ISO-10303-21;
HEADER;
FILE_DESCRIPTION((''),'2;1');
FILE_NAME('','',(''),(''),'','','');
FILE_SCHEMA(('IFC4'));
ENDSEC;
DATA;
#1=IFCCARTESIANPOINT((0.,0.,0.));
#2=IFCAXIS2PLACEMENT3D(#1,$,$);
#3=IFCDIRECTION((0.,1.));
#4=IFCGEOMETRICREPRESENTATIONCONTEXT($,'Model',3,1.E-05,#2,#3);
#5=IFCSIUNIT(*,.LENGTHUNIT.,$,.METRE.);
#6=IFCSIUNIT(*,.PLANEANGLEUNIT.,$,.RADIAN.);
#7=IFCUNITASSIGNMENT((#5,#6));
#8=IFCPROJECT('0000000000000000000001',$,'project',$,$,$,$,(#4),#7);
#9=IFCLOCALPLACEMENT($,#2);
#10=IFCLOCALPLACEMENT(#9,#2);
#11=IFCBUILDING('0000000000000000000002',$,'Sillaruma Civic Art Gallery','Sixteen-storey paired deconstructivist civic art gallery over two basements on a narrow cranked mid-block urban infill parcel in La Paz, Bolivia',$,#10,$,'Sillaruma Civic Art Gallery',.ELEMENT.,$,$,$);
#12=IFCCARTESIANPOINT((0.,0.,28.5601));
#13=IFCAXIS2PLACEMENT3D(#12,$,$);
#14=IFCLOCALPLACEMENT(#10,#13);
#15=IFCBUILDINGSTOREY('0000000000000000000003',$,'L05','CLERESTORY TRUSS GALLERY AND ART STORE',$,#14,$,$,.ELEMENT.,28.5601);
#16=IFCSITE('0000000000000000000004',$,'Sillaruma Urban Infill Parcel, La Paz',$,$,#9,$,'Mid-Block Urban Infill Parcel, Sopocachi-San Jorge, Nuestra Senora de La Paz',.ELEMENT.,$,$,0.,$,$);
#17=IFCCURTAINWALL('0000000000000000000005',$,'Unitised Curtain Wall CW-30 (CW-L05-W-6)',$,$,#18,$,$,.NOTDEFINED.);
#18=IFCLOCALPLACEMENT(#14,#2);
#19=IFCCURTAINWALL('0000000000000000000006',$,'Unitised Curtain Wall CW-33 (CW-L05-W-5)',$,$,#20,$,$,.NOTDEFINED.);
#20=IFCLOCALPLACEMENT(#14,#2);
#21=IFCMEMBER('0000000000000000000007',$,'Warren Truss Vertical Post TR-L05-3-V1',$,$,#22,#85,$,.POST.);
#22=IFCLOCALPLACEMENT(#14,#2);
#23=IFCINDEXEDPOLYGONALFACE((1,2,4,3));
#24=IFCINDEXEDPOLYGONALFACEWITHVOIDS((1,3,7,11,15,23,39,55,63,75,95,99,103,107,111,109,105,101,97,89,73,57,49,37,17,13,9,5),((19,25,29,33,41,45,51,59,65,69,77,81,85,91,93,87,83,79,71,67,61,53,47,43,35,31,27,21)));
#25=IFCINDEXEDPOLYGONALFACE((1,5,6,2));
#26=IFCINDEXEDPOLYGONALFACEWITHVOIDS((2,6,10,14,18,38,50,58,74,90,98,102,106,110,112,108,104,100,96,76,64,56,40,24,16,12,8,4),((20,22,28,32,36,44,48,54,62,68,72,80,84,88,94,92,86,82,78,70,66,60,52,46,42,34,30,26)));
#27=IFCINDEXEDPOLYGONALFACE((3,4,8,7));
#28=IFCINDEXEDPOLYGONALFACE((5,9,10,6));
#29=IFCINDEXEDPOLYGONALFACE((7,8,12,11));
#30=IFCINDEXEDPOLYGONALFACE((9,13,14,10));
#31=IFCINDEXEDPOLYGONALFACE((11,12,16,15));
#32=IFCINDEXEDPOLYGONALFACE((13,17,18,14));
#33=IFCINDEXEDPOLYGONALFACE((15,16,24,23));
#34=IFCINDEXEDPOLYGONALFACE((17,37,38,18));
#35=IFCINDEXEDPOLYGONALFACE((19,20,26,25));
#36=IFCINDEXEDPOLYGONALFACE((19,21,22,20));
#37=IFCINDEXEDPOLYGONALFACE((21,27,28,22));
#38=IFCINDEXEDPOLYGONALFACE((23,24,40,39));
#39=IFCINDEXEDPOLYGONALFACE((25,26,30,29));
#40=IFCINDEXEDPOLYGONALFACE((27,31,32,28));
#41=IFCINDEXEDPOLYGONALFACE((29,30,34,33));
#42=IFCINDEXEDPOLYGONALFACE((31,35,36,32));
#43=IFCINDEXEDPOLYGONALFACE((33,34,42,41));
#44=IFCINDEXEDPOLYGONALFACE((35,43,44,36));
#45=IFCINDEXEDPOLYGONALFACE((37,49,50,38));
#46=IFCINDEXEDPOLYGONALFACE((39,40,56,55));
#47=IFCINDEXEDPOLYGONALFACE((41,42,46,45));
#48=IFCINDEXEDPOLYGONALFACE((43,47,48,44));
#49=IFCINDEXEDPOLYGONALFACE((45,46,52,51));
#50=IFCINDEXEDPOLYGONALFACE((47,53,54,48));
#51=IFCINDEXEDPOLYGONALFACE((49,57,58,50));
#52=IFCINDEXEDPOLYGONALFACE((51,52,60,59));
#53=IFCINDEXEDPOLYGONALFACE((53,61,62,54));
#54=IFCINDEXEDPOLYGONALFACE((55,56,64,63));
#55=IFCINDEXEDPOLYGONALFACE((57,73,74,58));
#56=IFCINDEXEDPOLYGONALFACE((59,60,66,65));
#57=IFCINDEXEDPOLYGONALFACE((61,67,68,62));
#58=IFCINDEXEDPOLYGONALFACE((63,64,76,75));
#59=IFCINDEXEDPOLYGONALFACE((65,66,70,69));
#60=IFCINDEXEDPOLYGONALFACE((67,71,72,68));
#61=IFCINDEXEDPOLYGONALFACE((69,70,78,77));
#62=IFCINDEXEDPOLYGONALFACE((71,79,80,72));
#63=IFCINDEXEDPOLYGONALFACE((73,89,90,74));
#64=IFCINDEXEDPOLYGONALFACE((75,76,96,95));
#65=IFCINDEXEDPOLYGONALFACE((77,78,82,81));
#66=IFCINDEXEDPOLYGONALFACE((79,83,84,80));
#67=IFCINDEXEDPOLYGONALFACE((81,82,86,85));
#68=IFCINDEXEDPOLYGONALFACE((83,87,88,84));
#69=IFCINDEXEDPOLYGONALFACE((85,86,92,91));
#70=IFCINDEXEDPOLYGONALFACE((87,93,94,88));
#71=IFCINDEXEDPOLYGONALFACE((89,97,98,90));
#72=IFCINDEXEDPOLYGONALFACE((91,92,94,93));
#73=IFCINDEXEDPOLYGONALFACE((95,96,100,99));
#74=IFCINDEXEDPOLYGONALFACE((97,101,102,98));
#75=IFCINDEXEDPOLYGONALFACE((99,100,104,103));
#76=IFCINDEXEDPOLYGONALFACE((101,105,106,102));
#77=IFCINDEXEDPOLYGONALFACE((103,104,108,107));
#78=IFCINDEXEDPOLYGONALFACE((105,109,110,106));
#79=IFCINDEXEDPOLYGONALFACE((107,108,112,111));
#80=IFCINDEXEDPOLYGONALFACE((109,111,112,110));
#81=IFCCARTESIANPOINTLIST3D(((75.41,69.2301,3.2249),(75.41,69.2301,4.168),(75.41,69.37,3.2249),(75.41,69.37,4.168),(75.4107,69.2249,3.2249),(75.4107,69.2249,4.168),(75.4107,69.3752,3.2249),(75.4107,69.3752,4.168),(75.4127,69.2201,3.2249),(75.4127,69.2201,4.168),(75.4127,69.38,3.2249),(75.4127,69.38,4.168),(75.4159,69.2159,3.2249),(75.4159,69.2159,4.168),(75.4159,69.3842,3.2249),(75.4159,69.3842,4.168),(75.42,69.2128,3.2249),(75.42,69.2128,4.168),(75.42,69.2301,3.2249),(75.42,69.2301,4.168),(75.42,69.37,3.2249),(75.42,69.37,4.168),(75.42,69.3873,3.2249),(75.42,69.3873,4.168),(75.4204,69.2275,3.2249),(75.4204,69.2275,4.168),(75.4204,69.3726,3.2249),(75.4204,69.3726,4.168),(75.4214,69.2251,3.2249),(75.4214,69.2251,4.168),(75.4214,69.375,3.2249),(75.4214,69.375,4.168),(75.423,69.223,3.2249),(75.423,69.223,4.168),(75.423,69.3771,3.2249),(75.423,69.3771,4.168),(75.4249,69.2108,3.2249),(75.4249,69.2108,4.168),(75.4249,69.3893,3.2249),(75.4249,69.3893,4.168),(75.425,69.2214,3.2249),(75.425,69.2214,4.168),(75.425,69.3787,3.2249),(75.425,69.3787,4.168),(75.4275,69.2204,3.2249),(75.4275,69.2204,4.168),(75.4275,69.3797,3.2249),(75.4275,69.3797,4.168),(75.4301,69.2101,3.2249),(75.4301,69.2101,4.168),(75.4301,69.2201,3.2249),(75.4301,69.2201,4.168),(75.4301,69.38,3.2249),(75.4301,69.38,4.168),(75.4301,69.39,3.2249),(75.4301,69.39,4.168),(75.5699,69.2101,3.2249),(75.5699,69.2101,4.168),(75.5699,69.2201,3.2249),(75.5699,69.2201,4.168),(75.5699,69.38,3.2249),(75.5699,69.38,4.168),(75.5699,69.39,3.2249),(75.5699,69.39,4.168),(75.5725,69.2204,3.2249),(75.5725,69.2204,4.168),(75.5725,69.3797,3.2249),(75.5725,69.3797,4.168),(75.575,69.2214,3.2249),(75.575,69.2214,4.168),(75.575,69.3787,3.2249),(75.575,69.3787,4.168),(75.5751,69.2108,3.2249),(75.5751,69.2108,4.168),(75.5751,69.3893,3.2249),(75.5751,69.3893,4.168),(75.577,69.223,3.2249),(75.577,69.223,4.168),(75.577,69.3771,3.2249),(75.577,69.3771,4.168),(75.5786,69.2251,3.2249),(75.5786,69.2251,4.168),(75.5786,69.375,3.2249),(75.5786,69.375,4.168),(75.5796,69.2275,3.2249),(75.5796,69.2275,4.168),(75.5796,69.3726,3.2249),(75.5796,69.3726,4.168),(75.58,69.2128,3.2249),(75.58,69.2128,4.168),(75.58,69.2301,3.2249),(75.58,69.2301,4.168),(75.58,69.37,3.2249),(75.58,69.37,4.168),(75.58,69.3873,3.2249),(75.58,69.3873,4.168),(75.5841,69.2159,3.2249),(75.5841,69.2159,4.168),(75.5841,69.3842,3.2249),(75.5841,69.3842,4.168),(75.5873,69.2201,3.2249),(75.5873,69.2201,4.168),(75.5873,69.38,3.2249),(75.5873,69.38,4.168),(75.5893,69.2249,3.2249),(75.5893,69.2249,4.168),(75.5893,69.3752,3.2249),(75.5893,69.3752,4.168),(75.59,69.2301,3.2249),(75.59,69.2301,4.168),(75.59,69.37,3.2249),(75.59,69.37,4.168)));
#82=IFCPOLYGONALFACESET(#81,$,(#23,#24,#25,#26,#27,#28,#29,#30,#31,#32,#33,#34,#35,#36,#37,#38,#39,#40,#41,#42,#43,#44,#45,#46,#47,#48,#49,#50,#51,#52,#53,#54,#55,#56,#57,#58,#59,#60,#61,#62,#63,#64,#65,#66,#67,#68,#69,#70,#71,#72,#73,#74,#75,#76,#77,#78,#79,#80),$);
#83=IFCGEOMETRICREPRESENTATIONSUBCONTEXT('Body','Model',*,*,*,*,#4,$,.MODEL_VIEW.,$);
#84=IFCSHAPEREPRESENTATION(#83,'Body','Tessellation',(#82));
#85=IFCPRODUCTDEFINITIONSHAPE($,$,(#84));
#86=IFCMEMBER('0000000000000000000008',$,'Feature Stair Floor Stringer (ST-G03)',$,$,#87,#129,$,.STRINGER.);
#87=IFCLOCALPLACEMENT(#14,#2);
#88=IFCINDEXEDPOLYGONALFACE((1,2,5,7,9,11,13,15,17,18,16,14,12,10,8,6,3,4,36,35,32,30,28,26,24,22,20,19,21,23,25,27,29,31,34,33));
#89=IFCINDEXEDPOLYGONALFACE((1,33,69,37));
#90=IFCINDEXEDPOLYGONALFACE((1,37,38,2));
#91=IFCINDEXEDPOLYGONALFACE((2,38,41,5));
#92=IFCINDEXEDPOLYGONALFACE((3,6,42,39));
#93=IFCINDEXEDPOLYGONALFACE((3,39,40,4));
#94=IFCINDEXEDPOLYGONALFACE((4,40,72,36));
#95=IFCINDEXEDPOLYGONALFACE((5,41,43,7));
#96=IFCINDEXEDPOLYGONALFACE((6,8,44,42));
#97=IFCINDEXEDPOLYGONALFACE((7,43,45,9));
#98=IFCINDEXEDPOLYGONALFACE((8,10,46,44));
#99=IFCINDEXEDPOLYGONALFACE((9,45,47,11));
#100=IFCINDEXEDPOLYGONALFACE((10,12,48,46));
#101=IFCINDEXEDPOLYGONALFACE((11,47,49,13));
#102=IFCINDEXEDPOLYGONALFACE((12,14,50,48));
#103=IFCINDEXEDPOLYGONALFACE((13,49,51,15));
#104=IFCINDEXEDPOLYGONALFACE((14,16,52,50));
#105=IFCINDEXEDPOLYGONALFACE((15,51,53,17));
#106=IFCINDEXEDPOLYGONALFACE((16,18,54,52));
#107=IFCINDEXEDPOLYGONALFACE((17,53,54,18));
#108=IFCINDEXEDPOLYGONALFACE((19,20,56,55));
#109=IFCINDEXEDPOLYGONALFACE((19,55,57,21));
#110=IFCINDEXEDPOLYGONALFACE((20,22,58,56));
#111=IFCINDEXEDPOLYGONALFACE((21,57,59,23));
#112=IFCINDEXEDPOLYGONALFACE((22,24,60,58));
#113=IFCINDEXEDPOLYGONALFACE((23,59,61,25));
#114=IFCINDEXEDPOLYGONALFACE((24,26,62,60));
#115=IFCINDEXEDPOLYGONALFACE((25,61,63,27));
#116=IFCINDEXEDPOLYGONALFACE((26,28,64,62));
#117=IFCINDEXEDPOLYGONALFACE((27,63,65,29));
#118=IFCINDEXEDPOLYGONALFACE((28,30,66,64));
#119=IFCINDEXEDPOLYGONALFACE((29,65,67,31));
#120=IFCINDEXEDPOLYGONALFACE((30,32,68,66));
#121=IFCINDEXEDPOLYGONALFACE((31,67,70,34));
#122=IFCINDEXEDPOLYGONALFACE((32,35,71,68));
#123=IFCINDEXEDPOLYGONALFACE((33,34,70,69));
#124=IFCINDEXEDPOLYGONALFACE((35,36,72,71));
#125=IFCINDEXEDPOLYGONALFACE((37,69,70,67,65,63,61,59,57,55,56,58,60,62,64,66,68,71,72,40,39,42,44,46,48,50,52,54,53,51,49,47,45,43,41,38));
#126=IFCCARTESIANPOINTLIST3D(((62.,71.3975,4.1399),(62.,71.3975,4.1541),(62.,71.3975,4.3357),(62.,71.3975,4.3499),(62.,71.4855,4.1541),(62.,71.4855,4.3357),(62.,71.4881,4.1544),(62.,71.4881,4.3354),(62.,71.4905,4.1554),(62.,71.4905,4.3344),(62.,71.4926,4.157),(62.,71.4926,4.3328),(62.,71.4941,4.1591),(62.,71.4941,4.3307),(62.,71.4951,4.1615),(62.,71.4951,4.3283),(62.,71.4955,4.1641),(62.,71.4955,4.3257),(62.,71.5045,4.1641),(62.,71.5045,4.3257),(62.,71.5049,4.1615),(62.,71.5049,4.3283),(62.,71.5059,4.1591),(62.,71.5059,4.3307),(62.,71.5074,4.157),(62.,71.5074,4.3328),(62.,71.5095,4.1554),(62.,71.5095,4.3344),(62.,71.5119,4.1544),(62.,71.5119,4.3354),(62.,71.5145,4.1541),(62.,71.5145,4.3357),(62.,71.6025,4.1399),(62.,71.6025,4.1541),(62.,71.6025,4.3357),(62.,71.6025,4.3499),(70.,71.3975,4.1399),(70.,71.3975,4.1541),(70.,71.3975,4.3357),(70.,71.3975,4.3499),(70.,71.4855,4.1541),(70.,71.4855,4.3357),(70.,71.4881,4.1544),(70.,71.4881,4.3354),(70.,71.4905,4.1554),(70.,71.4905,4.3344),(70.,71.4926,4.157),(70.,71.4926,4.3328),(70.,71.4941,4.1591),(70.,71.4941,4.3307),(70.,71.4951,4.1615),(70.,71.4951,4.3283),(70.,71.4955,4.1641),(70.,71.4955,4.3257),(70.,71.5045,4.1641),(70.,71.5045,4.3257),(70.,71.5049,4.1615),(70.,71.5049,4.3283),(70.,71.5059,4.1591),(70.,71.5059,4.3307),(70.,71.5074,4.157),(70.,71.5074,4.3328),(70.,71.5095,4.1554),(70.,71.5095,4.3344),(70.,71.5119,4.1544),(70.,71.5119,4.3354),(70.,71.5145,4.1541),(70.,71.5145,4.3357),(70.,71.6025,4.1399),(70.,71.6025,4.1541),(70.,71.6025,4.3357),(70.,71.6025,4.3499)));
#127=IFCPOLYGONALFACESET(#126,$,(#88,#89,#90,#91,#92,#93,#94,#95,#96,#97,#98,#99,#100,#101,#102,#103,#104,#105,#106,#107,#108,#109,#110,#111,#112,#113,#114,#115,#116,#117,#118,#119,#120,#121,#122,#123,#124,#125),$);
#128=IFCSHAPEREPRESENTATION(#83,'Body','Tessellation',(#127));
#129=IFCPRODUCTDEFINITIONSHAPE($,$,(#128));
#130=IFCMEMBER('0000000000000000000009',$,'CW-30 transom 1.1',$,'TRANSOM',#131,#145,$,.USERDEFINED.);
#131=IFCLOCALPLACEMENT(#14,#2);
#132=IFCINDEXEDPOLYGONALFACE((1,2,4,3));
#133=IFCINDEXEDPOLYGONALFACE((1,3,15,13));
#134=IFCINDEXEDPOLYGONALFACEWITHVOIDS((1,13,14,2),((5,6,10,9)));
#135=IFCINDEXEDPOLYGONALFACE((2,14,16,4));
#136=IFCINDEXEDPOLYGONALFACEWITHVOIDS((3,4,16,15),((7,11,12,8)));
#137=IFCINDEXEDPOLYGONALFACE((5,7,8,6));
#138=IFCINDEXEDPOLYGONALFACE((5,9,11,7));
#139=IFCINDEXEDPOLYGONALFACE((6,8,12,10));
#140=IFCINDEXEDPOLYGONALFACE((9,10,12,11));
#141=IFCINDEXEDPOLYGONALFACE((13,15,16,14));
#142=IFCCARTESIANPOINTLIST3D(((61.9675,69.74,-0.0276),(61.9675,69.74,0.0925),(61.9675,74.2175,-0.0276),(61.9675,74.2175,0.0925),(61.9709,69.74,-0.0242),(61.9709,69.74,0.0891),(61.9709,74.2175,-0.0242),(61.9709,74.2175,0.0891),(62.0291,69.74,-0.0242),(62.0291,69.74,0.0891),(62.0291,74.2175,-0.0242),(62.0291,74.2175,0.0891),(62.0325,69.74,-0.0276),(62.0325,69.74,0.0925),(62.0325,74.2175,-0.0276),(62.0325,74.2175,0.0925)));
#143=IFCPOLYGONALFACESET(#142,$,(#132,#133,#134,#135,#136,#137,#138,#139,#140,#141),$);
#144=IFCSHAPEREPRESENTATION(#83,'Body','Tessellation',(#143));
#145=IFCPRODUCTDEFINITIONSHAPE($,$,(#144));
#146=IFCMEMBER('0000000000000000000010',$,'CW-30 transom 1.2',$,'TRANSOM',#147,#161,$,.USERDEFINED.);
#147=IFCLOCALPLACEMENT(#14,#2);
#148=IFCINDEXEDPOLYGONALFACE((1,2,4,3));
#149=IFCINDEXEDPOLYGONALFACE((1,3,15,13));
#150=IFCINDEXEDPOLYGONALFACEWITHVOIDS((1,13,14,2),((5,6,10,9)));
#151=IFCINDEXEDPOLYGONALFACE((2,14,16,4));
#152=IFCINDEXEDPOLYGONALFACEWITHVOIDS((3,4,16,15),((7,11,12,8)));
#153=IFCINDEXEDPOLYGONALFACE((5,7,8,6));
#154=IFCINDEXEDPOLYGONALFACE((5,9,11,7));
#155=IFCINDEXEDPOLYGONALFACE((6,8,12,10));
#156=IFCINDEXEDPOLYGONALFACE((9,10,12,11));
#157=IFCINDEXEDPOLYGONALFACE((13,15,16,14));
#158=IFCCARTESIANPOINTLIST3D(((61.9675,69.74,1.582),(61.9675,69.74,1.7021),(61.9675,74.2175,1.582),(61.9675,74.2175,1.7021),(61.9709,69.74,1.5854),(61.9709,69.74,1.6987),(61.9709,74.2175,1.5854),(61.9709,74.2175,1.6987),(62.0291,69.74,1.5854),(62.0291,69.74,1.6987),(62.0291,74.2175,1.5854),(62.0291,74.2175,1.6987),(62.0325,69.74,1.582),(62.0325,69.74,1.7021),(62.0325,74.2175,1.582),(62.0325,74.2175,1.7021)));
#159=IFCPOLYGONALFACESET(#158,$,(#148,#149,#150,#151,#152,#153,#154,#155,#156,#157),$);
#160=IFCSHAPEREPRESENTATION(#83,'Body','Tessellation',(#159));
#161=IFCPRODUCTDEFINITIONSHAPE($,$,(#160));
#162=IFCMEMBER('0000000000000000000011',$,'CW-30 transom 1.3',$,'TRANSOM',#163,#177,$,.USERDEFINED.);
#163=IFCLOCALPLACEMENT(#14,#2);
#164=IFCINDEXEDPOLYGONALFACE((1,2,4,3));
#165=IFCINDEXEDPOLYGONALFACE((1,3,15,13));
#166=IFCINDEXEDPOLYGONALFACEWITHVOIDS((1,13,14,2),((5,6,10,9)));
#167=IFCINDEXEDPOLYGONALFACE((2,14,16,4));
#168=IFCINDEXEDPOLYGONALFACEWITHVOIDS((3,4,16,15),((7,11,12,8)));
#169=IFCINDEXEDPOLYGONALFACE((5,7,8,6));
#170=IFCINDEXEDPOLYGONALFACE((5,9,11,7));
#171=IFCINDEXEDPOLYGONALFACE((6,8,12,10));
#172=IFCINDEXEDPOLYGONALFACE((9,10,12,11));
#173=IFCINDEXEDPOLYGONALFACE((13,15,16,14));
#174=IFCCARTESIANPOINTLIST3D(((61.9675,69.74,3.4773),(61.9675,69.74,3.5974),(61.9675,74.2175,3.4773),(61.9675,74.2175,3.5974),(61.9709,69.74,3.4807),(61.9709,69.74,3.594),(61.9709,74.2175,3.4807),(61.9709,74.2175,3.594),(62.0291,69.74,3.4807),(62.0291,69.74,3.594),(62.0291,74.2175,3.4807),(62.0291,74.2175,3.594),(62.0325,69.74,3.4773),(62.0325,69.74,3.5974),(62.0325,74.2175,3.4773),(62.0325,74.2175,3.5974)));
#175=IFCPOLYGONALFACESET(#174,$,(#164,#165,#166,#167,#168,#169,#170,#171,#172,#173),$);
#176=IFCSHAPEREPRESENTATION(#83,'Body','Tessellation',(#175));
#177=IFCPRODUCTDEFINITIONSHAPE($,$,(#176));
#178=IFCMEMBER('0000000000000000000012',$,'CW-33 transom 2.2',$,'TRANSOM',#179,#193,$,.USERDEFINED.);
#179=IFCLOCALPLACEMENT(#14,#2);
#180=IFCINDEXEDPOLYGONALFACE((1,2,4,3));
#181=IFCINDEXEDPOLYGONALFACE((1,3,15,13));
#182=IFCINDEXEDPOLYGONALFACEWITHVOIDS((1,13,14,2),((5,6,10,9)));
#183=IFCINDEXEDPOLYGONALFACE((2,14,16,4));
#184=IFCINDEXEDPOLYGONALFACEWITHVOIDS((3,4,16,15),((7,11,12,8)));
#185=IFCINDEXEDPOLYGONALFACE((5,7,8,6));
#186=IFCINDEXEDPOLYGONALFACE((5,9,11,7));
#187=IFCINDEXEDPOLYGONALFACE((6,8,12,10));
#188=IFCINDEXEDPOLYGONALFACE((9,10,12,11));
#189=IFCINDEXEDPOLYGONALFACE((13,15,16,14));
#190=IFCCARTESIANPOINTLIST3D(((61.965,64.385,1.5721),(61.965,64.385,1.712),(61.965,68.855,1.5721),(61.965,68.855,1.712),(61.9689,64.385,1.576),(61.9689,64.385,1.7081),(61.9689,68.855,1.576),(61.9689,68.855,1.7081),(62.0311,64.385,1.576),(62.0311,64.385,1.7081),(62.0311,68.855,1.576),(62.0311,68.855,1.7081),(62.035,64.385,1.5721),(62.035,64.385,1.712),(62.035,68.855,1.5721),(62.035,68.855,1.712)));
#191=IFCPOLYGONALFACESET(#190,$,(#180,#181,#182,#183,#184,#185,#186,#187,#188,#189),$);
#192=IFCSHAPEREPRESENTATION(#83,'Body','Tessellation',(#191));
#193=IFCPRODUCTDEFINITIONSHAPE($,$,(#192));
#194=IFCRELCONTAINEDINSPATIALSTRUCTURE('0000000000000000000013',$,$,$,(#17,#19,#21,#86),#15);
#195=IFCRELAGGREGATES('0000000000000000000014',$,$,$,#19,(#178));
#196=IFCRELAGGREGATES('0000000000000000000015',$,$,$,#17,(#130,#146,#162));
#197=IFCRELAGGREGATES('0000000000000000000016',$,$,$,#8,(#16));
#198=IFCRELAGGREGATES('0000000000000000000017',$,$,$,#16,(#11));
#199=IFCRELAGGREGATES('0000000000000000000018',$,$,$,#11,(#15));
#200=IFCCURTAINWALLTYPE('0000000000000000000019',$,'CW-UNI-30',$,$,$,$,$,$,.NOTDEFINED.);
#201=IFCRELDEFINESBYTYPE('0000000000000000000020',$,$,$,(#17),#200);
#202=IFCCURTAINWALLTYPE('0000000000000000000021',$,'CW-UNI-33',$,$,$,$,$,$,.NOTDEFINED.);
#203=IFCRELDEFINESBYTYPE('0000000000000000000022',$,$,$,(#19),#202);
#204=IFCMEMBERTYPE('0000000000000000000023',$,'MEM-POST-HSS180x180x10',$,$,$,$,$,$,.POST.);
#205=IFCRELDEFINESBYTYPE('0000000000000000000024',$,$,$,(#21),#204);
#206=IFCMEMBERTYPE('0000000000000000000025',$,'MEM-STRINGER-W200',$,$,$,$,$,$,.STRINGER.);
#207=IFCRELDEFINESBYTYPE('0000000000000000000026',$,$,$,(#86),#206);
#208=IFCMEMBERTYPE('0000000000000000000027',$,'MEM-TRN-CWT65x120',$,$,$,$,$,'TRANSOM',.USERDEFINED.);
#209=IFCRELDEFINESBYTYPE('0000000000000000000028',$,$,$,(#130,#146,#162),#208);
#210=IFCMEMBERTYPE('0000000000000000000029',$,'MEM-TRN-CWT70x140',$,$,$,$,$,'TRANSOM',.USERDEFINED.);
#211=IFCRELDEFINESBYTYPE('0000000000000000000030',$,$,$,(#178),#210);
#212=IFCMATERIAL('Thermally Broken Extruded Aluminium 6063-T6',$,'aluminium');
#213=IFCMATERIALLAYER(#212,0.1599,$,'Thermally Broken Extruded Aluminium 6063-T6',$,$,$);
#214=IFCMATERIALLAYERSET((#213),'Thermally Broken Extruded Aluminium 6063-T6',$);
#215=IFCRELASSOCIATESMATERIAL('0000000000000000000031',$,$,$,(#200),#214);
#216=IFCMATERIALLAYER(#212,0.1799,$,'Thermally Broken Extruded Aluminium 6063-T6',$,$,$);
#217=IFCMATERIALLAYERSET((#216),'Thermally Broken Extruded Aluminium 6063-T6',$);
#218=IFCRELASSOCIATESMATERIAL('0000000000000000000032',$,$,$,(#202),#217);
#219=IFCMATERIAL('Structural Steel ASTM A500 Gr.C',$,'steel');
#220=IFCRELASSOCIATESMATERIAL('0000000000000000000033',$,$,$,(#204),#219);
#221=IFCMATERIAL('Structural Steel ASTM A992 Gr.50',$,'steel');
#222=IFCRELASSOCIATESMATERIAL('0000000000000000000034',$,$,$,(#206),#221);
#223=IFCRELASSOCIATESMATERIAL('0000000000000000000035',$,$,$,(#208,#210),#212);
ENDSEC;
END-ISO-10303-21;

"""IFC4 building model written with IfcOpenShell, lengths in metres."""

from ifc_helpers import new_model, si_unit, direction, frame, origin, origin_2d, place, context, subcontext, project, spatial, hollow_rectangle, i_section, extrude, material, layer, layer_set, material_profile, profile_set, type_object, element, aggregate, save


model = new_model("IFC4")

# Units and contexts
model_context = context("Model", 3, precision=1e-05, world=origin(), true_north=direction((0.0, 1.0)))
body_context = subcontext(model_context, "Body", "Model", "MODEL_VIEW")
ifc_project = project(units=[si_unit("LENGTHUNIT", "METRE"), si_unit("PLANEANGLEUNIT", "RADIAN")], contexts=[model_context])

# Site, building, storey
site_placement = place(None, origin())
site = spatial("IfcSite", under=ifc_project, at=site_placement, Name="Sillaruma Urban Infill Parcel, La Paz", LongName="Mid-Block Urban Infill Parcel, Sopocachi-San Jorge, Nuestra Senora de La Paz", CompositionType="ELEMENT", RefElevation=0.0)
building_placement = place(site_placement, origin())
building = spatial("IfcBuilding", under=site, at=building_placement, Name="Sillaruma Civic Art Gallery", Description="Sixteen-storey paired deconstructivist civic art gallery over two basements on a narrow cranked mid-block urban infill parcel in La Paz, Bolivia", LongName="Sillaruma Civic Art Gallery", CompositionType="ELEMENT")
storey_placement = place(building_placement, frame((0.0, 0.0, 28.5601)))
storey = spatial("IfcBuildingStorey", under=building, at=storey_placement, Name="L05", Description="CLERESTORY TRUSS GALLERY AND ART STORE", CompositionType="ELEMENT", Elevation=28.5601)

# Shared definitions
ifc_material_1 = material(Name="Structural Steel ASTM A992 Gr.50", Category="steel")

# Shared definitions
ifc_material_2 = material(Name="Structural Steel ASTM A500 Gr.C", Category="steel")

# Curtain walls
ifc_material_3 = material(Name="Thermally Broken Extruded Aluminium 6063-T6", Category="aluminium")
ifc_layer_1 = layer(ifc_material_3, 0.1599, Name="Thermally Broken Extruded Aluminium 6063-T6")
ifc_layer_set_1 = layer_set([ifc_layer_1], Name="Thermally Broken Extruded Aluminium 6063-T6")
curtain_wall_type_1 = type_object("IfcCurtainWallType", Name="CW-UNI-30", PredefinedType="NOTDEFINED", material=ifc_layer_set_1)
curtain_wall_1_placement = place(storey_placement, origin())
curtain_wall_1 = element("IfcCurtainWall", 1, at=curtain_wall_1_placement, inside=storey, type_object=curtain_wall_type_1, Name="Unitised Curtain Wall CW-30 (CW-L05-W-6)", PredefinedType="NOTDEFINED")
ifc_layer_2 = layer(ifc_material_3, 0.1799, Name="Thermally Broken Extruded Aluminium 6063-T6")
ifc_layer_set_2 = layer_set([ifc_layer_2], Name="Thermally Broken Extruded Aluminium 6063-T6")
curtain_wall_type_2 = type_object("IfcCurtainWallType", Name="CW-UNI-33", PredefinedType="NOTDEFINED", material=ifc_layer_set_2)
curtain_wall_2_placement = place(storey_placement, origin())
curtain_wall_2 = element("IfcCurtainWall", 2, at=curtain_wall_2_placement, inside=storey, type_object=curtain_wall_type_2, Name="Unitised Curtain Wall CW-33 (CW-L05-W-5)", PredefinedType="NOTDEFINED")

# Members
ifc_material_profile_1 = material_profile(ifc_material_2, hollow_rectangle(XDim=0.1799, YDim=0.1799, WallThickness=0.01, InnerFilletRadius=0.01, OuterFilletRadius=0.02, at=origin_2d()), Name="HSS180x180x10")
ifc_profile_set_1 = profile_set([ifc_material_profile_1], Name="Structural Steel ASTM A500 Gr.C")
member_type_1 = type_object("IfcMemberType", Name="MEM-POST-HSS180x180x10", PredefinedType="POST", material=ifc_profile_set_1)
member_1_placement = place(storey_placement, frame((75.5, 69.3, 3.2249), z_axis=(0.0, 0.0, 1.0), x_axis=(1.0, 0.0, 0.0)))
element("IfcMember", 3, at=member_1_placement, inside=storey, type_object=member_type_1, Name="Warren Truss Vertical Post TR-L05-3-V1", PredefinedType="POST", context=body_context, shape_type="SweptSolid", body=[
    extrude(hollow_rectangle(XDim=0.1799, YDim=0.1799, WallThickness=0.01, InnerFilletRadius=0.01, OuterFilletRadius=0.02, at=origin_2d()), origin(), (0.0, 0.0, 1.0), 0.9431),
])
ifc_material_profile_2 = material_profile(ifc_material_1, i_section(OverallWidth=0.2051, OverallDepth=0.21, WebThickness=0.009, FlangeThickness=0.0142, FilletRadius=0.01, at=origin_2d()), Name="W200x59")
ifc_profile_set_2 = profile_set([ifc_material_profile_2], Name="Structural Steel ASTM A992 Gr.50")
member_type_2 = type_object("IfcMemberType", Name="MEM-STRINGER-W200", PredefinedType="STRINGER", material=ifc_profile_set_2)
member_2_placement = place(storey_placement, frame((62.0, 71.5, 4.2449), z_axis=(1.0, 0.0, 0.0), x_axis=(0.0, 1.0, 0.0)))
element("IfcMember", 4, at=member_2_placement, inside=storey, type_object=member_type_2, Name="Feature Stair Floor Stringer (ST-G03)", PredefinedType="STRINGER", context=body_context, shape_type="SweptSolid", body=[
    extrude(i_section(OverallWidth=0.2051, OverallDepth=0.21, WebThickness=0.009, FlangeThickness=0.0142, FilletRadius=0.01, at=origin_2d()), origin(), (0.0, 0.0, 1.0), 8.0),
])

# Members
ifc_material_profile_3 = material_profile(ifc_material_3, hollow_rectangle(XDim=0.0649, YDim=0.1201, WallThickness=0.0034, at=origin_2d()), Name="CWT65x120")
ifc_profile_set_3 = profile_set([ifc_material_profile_3], Name="Thermally Broken Extruded Aluminium 6063-T6")
member_type_3 = type_object("IfcMemberType", Name="MEM-TRN-CWT65x120", ElementType="TRANSOM", PredefinedType="USERDEFINED", material=ifc_profile_set_3)
member_3_placement = place(storey_placement, frame((62.0, 69.74, 0.0325), z_axis=(0.0, 1.0, 0.0), x_axis=(-1.0, 0.0, 0.0)))
member_3 = element("IfcMember", 5, at=member_3_placement, type_object=member_type_3, Name="CW-30 transom 1.1", ObjectType="TRANSOM", PredefinedType="USERDEFINED", context=body_context, shape_type="SweptSolid", body=[
    extrude(hollow_rectangle(XDim=0.0649, YDim=0.1201, WallThickness=0.0034, at=origin_2d()), origin(), (0.0, 0.0, 1.0), 4.4775),
])
member_4_placement = place(storey_placement, frame((62.0, 69.74, 1.6421), z_axis=(0.0, 1.0, 0.0), x_axis=(-1.0, 0.0, 0.0)))
member_4 = element("IfcMember", 6, at=member_4_placement, type_object=member_type_3, Name="CW-30 transom 1.2", ObjectType="TRANSOM", PredefinedType="USERDEFINED", context=body_context, shape_type="SweptSolid", body=[
    extrude(hollow_rectangle(XDim=0.0649, YDim=0.1201, WallThickness=0.0034, at=origin_2d()), origin(), (0.0, 0.0, 1.0), 4.4775),
])
member_5_placement = place(storey_placement, frame((62.0, 69.74, 3.5374), z_axis=(0.0, 1.0, 0.0), x_axis=(-1.0, 0.0, 0.0)))
member_5 = element("IfcMember", 7, at=member_5_placement, type_object=member_type_3, Name="CW-30 transom 1.3", ObjectType="TRANSOM", PredefinedType="USERDEFINED", context=body_context, shape_type="SweptSolid", body=[
    extrude(hollow_rectangle(XDim=0.0649, YDim=0.1201, WallThickness=0.0034, at=origin_2d()), origin(), (0.0, 0.0, 1.0), 4.4775),
])
ifc_material_profile_4 = material_profile(ifc_material_3, hollow_rectangle(XDim=0.0701, YDim=0.1399, WallThickness=0.0039, at=origin_2d()), Name="CWT70x140")
ifc_profile_set_4 = profile_set([ifc_material_profile_4], Name="Thermally Broken Extruded Aluminium 6063-T6")
member_type_4 = type_object("IfcMemberType", Name="MEM-TRN-CWT70x140", ElementType="TRANSOM", PredefinedType="USERDEFINED", material=ifc_profile_set_4)
member_6_placement = place(storey_placement, frame((62.0, 64.385, 1.6421), z_axis=(0.0, 1.0, 0.0), x_axis=(-1.0, 0.0, 0.0)))
member_6 = element("IfcMember", 8, at=member_6_placement, type_object=member_type_4, Name="CW-33 transom 2.2", ObjectType="TRANSOM", PredefinedType="USERDEFINED", context=body_context, shape_type="SweptSolid", body=[
    extrude(hollow_rectangle(XDim=0.0701, YDim=0.1399, WallThickness=0.0039, at=origin_2d()), origin(), (0.0, 0.0, 1.0), 4.47),
])

aggregate(curtain_wall_2, [member_6])
aggregate(curtain_wall_1, [member_3, member_4, member_5])

save(model, "model.ifc")
